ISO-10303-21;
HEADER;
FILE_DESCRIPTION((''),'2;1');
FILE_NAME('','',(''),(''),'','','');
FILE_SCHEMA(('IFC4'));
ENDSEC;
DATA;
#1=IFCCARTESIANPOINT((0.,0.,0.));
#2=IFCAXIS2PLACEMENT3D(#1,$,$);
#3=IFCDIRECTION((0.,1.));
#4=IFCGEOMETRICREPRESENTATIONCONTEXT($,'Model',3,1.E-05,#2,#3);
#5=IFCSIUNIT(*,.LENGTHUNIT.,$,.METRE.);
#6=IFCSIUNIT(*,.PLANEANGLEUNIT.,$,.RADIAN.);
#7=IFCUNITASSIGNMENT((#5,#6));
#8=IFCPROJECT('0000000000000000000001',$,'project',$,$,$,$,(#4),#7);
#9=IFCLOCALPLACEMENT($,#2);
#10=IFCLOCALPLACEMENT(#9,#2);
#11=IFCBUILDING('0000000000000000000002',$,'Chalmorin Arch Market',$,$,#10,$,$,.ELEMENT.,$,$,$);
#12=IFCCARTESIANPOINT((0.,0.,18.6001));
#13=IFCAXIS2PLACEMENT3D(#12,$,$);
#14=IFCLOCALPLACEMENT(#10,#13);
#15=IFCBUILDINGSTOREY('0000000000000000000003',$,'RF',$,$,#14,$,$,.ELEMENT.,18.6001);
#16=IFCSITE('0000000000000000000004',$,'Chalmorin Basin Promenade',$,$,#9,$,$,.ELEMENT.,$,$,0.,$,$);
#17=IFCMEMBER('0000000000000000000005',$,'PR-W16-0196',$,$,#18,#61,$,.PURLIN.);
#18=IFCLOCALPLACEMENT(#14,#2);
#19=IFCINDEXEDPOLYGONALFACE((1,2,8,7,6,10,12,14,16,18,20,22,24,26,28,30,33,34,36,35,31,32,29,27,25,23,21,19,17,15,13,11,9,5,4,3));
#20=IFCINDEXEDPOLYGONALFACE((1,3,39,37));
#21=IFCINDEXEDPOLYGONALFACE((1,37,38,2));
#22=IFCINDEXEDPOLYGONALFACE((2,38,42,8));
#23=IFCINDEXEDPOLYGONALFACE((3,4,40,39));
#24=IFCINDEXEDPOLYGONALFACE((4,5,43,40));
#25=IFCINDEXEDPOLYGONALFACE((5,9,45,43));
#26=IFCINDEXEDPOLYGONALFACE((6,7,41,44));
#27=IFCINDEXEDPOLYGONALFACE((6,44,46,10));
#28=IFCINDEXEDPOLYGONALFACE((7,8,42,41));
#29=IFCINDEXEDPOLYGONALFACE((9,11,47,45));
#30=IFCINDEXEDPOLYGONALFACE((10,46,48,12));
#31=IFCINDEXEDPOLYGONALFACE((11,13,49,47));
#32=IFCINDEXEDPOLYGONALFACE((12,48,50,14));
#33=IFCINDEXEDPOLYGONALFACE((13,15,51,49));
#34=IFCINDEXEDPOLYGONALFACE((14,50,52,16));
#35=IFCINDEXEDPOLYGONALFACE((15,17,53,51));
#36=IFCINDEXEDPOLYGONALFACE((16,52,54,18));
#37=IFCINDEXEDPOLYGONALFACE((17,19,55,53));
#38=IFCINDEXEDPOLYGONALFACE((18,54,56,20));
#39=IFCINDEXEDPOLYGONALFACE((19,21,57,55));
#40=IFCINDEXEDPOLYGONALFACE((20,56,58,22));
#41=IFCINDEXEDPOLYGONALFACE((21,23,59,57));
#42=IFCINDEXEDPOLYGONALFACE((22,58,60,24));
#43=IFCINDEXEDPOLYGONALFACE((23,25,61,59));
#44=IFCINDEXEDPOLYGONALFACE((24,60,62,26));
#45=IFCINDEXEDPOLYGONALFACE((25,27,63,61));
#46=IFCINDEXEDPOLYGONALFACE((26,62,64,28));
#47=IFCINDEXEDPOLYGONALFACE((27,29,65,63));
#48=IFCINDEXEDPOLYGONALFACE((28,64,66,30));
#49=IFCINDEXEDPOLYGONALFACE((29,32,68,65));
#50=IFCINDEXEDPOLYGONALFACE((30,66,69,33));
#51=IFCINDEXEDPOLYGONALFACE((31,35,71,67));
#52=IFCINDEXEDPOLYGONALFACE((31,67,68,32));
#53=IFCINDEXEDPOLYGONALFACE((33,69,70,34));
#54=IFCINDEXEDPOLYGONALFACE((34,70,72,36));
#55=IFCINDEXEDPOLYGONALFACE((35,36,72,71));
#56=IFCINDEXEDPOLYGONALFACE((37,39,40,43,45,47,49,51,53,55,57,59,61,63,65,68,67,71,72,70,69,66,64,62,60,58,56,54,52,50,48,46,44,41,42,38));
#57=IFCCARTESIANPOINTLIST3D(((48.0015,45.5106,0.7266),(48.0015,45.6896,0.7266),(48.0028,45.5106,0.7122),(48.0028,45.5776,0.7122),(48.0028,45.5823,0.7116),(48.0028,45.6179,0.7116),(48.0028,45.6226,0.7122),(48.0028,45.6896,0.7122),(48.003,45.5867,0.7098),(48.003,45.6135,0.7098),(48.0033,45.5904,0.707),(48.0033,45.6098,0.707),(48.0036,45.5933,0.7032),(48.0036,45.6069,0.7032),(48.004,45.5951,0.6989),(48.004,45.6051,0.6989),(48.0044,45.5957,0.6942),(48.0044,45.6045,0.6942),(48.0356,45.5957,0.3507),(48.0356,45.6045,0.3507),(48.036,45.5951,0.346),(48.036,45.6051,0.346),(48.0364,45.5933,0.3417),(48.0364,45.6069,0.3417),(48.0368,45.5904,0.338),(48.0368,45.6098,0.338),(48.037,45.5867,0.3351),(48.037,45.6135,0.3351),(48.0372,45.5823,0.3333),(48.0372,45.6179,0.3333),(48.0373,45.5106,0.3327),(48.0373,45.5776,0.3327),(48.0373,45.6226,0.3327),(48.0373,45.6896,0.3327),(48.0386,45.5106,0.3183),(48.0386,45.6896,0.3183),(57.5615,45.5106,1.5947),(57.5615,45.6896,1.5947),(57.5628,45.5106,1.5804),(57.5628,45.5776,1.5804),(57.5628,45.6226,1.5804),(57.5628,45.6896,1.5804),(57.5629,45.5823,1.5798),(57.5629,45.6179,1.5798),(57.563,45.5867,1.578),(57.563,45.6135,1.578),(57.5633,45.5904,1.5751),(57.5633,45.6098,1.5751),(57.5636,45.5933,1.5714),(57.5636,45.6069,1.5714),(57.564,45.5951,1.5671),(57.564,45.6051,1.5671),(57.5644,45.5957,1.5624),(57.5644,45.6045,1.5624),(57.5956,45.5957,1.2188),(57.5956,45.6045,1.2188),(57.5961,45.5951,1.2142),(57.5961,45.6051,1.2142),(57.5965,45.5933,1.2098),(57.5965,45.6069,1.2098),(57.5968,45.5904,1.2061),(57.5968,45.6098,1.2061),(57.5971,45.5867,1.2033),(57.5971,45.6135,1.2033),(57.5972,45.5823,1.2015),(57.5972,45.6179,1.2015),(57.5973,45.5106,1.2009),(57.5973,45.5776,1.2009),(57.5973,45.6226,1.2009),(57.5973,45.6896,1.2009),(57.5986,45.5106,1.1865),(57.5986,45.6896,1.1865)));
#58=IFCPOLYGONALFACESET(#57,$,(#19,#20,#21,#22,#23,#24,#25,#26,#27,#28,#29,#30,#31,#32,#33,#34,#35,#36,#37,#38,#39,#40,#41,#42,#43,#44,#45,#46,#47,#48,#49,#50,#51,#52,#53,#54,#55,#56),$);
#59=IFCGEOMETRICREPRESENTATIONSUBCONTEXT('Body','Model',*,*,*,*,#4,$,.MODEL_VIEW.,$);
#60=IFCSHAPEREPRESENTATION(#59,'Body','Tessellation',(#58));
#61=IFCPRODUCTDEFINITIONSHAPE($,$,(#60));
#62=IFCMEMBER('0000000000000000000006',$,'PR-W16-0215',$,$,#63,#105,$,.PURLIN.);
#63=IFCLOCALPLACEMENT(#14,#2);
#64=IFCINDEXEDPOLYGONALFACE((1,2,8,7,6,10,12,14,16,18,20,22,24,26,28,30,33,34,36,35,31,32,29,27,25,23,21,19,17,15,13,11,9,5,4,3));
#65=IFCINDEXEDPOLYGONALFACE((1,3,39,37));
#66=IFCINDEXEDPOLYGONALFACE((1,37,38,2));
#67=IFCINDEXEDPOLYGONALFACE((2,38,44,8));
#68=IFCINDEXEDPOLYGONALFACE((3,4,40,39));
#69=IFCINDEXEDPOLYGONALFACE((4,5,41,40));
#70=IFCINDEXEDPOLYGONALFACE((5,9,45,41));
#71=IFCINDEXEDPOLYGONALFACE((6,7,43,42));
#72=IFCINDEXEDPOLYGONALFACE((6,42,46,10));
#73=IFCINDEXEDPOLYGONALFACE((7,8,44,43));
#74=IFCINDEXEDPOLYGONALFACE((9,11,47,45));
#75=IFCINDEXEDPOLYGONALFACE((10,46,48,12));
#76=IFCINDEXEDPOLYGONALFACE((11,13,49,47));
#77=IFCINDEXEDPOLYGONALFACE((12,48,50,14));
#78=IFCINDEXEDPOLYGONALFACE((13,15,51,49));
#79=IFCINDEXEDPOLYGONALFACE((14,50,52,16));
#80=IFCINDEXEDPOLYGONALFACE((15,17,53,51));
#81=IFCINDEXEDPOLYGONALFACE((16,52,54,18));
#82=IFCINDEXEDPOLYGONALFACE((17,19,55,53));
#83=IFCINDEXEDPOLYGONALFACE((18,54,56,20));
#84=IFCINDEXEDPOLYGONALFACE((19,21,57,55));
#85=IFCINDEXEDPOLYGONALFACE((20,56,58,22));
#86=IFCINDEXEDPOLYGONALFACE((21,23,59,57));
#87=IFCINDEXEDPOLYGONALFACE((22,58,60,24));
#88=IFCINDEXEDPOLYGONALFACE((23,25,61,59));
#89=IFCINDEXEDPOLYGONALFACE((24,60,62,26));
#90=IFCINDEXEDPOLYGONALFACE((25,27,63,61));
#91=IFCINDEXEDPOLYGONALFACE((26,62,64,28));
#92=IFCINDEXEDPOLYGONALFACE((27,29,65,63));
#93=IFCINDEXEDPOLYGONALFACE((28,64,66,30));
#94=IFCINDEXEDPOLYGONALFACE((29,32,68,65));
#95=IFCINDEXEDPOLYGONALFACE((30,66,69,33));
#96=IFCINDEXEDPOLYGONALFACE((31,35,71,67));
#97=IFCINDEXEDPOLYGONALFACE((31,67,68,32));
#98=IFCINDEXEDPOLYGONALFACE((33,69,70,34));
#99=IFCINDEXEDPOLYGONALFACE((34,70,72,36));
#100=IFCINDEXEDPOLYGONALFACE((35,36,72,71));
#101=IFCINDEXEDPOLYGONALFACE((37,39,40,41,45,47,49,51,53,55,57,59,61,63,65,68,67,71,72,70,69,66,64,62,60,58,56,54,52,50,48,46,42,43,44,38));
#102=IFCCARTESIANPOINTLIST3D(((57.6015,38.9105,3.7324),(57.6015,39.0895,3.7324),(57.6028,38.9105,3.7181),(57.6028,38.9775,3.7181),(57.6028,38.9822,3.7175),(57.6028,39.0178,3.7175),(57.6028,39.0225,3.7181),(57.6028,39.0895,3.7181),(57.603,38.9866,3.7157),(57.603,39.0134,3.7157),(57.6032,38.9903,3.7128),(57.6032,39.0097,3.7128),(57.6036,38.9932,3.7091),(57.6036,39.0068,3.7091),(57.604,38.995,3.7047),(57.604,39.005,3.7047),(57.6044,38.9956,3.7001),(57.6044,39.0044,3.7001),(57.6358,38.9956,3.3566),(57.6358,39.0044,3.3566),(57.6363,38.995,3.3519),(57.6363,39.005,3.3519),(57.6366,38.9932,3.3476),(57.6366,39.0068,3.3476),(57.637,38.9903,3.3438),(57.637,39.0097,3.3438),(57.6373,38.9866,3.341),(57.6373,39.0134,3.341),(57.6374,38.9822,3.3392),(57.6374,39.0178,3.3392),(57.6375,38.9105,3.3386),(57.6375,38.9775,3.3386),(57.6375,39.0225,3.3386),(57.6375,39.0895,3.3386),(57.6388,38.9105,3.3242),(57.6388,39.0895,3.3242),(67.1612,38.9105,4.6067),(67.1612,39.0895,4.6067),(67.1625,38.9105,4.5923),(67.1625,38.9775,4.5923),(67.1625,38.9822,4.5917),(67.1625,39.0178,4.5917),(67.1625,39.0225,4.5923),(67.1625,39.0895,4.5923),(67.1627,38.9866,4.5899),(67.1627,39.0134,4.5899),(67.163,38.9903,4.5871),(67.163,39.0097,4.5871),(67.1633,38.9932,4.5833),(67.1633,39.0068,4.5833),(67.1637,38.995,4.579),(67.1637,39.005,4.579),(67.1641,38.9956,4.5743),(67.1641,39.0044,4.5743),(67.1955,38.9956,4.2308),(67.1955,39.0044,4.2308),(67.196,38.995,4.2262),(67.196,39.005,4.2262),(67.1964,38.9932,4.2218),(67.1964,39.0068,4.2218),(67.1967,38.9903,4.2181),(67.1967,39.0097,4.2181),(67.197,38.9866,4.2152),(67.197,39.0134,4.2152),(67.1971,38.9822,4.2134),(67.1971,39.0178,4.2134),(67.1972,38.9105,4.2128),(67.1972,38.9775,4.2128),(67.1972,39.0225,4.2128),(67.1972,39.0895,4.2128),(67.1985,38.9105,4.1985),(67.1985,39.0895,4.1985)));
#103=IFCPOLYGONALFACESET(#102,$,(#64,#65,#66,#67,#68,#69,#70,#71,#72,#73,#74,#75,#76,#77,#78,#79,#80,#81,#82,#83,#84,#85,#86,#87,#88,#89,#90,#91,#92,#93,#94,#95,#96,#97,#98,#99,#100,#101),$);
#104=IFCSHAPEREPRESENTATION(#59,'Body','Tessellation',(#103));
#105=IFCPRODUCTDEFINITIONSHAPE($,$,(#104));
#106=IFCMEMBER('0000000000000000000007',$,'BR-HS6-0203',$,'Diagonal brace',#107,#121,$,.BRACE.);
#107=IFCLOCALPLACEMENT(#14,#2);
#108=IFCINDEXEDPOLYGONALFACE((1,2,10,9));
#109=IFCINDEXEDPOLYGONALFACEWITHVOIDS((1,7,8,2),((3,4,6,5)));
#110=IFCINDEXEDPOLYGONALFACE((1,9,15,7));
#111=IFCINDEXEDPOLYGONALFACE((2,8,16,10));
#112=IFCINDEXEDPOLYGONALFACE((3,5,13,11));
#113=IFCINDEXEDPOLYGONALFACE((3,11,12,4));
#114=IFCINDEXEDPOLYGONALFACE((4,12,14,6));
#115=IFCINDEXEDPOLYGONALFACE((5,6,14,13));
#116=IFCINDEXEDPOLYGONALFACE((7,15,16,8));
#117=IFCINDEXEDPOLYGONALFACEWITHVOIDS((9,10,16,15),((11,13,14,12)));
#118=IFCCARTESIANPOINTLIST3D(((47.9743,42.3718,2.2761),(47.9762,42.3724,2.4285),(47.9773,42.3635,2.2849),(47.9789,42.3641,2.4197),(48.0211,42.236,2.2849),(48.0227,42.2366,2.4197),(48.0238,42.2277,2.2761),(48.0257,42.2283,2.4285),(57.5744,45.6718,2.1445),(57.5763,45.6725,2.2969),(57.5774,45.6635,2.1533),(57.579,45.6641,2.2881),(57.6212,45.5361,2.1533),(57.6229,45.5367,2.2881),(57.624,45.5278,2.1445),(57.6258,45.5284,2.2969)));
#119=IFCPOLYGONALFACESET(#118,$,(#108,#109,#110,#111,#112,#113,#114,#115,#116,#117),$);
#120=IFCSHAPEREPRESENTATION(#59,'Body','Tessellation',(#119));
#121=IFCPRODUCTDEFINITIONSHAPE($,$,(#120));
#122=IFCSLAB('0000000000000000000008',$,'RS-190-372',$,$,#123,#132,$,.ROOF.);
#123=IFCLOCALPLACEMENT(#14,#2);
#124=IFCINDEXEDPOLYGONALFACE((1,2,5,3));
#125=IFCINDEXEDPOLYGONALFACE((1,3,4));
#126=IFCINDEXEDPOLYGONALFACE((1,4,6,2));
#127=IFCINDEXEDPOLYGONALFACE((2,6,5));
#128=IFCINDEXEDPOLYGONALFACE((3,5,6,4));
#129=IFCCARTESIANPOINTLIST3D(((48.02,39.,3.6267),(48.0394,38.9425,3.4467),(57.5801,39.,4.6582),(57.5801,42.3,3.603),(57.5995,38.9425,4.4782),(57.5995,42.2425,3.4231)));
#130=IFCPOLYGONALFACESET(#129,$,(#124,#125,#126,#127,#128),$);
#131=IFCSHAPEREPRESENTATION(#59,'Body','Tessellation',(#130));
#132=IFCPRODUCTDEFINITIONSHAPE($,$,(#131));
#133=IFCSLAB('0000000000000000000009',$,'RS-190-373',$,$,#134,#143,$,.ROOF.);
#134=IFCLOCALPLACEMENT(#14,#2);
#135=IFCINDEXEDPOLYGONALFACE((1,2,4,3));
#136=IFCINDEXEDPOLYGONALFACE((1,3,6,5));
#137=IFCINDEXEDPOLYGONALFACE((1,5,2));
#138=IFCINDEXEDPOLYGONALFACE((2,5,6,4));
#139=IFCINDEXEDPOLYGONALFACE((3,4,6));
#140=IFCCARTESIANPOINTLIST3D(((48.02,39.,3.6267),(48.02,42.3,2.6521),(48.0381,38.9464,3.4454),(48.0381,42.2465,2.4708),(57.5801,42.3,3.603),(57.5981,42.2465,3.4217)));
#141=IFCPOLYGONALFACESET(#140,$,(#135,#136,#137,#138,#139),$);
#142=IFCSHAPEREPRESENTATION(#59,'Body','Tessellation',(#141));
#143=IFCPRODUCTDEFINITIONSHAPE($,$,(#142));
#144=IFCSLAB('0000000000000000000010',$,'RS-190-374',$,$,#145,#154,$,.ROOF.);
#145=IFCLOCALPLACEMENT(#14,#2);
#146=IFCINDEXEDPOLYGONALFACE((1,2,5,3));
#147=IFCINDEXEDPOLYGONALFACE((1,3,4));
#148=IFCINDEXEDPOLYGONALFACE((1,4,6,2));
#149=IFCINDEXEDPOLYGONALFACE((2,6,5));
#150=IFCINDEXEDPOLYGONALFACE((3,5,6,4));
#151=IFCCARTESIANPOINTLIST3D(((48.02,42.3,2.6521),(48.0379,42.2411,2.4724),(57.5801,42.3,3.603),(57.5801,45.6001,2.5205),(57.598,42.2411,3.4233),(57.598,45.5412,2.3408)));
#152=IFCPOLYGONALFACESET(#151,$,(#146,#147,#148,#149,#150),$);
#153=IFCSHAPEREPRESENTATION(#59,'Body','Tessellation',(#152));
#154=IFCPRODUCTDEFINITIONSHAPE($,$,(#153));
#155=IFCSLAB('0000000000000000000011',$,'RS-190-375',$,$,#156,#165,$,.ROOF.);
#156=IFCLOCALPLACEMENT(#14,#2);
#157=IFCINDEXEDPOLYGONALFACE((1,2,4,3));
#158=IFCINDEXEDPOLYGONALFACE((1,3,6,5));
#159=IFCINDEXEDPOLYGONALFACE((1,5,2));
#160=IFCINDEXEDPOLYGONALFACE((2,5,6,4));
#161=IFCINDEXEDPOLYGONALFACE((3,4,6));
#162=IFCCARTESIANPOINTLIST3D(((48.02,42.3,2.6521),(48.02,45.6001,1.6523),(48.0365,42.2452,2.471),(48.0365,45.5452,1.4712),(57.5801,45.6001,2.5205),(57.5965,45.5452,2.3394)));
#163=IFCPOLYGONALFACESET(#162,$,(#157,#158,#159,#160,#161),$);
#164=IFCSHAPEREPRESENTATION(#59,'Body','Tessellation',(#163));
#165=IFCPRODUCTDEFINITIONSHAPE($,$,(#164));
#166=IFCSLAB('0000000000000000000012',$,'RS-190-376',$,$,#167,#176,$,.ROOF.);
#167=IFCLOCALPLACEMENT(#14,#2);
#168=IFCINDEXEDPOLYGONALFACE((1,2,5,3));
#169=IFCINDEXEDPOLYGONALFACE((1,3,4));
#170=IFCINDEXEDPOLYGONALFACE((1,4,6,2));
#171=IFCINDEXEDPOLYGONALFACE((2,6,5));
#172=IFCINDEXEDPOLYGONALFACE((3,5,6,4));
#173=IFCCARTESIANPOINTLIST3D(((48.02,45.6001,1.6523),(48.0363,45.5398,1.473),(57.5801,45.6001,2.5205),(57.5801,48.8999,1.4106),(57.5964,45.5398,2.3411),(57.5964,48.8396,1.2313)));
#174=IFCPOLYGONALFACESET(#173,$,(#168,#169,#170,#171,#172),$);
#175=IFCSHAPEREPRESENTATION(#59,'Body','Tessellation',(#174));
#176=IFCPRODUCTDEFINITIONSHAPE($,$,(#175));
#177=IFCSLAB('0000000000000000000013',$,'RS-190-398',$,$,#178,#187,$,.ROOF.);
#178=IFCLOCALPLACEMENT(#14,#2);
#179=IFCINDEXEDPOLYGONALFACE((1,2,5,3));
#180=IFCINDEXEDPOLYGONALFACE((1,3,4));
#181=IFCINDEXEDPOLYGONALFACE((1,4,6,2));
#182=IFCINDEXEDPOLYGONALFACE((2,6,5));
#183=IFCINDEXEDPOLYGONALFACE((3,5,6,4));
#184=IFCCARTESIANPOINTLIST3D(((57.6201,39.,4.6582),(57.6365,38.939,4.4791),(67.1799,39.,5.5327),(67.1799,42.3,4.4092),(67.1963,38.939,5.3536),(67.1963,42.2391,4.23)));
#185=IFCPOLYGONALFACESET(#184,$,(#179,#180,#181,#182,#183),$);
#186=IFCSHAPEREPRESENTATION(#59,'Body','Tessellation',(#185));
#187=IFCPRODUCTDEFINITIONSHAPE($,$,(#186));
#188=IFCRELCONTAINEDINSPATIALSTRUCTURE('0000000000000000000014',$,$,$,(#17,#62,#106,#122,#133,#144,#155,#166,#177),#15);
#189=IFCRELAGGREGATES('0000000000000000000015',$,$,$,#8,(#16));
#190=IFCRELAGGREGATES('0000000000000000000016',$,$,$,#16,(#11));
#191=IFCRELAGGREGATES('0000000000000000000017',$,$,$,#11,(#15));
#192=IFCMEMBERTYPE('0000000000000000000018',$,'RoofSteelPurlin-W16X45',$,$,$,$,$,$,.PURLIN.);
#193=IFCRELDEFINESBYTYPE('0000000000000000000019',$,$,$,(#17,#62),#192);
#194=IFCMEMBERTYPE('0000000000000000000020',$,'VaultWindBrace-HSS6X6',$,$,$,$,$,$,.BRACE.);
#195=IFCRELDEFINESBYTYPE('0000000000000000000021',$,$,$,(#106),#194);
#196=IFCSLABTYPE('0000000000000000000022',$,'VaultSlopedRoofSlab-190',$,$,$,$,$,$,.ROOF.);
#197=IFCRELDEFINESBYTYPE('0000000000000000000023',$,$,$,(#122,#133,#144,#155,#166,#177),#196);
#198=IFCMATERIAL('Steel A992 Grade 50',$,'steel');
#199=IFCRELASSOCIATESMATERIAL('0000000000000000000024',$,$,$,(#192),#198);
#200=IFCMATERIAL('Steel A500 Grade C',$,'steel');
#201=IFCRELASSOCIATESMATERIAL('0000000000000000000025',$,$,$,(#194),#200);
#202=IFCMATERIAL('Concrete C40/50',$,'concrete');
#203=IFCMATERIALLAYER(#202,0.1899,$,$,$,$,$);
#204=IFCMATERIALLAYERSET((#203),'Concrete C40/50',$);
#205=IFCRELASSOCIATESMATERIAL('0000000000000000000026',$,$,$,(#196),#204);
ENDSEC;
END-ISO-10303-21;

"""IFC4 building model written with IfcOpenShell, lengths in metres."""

from ifc_helpers import new_model, si_unit, direction, frame, origin, origin_2d, place, context, subcontext, project, spatial, polyline, hollow_rectangle, i_section, outline, extrude, material, layer, layer_set, material_profile, profile_set, type_object, element, save


model = new_model("IFC4")

# Units and contexts
model_context = context("Model", 3, precision=1e-05, world=origin(), true_north=direction((0.0, 1.0)))
body_context = subcontext(model_context, "Body", "Model", "MODEL_VIEW")
ifc_project = project(units=[si_unit("LENGTHUNIT", "METRE"), si_unit("PLANEANGLEUNIT", "RADIAN")], contexts=[model_context])

# Site, building, storey
site_placement = place(None, origin())
site = spatial("IfcSite", under=ifc_project, at=site_placement, Name="Chalmorin Basin Promenade", CompositionType="ELEMENT", RefElevation=0.0)
building_placement = place(site_placement, origin())
building = spatial("IfcBuilding", under=site, at=building_placement, Name="Chalmorin Arch Market", CompositionType="ELEMENT")
storey_placement = place(building_placement, frame((0.0, 0.0, 18.6001)))
storey = spatial("IfcBuildingStorey", under=building, at=storey_placement, Name="RF", CompositionType="ELEMENT", Elevation=18.6001)

# Members
ifc_material_1 = material(Name="Steel A992 Grade 50", Category="steel")
ifc_material_profile_1 = material_profile(ifc_material_1, i_section(OverallWidth=0.179, OverallDepth=0.4099, WebThickness=0.0088, FlangeThickness=0.0144, FilletRadius=0.0181, at=origin_2d()), Name="W16X45")
ifc_profile_set_1 = profile_set([ifc_material_profile_1], Name="Steel A992 Grade 50")
member_type_1 = type_object("IfcMemberType", Name="RoofSteelPurlin-W16X45", PredefinedType="PURLIN", material=ifc_profile_set_1)
member_1_placement = place(storey_placement, frame((48.02, 45.6001, 0.5225), z_axis=(0.995902, 0.0, 0.090439), x_axis=(0.0, 1.0, 0.0)))
element("IfcMember", 1, at=member_1_placement, inside=storey, type_object=member_type_1, Name="PR-W16-0196", PredefinedType="PURLIN", context=body_context, shape_type="SweptSolid", body=[
    extrude(i_section(OverallWidth=0.179, OverallDepth=0.4099, WebThickness=0.0088, FlangeThickness=0.0144, FilletRadius=0.0181, at=origin_2d()), origin(), (0.0, 0.0, 1.0), 9.5994),
])
member_2_placement = place(storey_placement, frame((57.6201, 39.0, 3.5283), z_axis=(0.995844, 0.0, 0.091072), x_axis=(0.0, 1.0, 0.0)))
element("IfcMember", 2, at=member_2_placement, inside=storey, type_object=member_type_1, Name="PR-W16-0215", PredefinedType="PURLIN", context=body_context, shape_type="SweptSolid", body=[
    extrude(i_section(OverallWidth=0.179, OverallDepth=0.4099, WebThickness=0.0088, FlangeThickness=0.0144, FilletRadius=0.0181, at=origin_2d()), origin(), (0.0, 0.0, 1.0), 9.5996),
])
ifc_material_2 = material(Name="Steel A500 Grade C", Category="steel")
ifc_material_profile_2 = material_profile(ifc_material_2, hollow_rectangle(XDim=0.1523, YDim=0.1523, WallThickness=0.0088, at=origin_2d()), Name="HSS6X6X3/8")
ifc_profile_set_2 = profile_set([ifc_material_profile_2], Name="Steel A500 Grade C")
member_type_2 = type_object("IfcMemberType", Name="VaultWindBrace-HSS6X6", PredefinedType="BRACE", material=ifc_profile_set_2)
member_3_placement = place(storey_placement, frame((48.0, 42.3, 2.3523), z_axis=(0.945607, 0.325054, -0.012962), x_axis=(-0.325081, 0.945686, 0.0)))
element("IfcMember", 3, at=member_3_placement, inside=storey, type_object=member_type_2, Name="BR-HS6-0203", ObjectType="Diagonal brace", PredefinedType="BRACE", context=body_context, shape_type="SweptSolid", body=[
    extrude(hollow_rectangle(XDim=0.1523, YDim=0.1523, WallThickness=0.0088, at=origin_2d()), origin(), (0.0, 0.0, 1.0), 10.1523),
])

# Slabs
ifc_material_3 = material(Name="Concrete C40/50", Category="concrete")
ifc_layer = layer(ifc_material_3, 0.1899)
ifc_layer_set = layer_set([ifc_layer], Name="Concrete C40/50")
slab_type = type_object("IfcSlabType", Name="VaultSlopedRoofSlab-190", PredefinedType="ROOF", material=ifc_layer_set)
slab_1_placement = place(storey_placement, frame((48.02, 39.0, 3.6267), z_axis=(-0.102232, 0.30296, 0.947504), x_axis=(0.99423, 0.0, 0.107274)))
element("IfcSlab", 4, at=slab_1_placement, inside=storey, type_object=slab_type, Name="RS-190-372", PredefinedType="ROOF", context=body_context, shape_type="SweptSolid", body=[
    extrude(outline(polyline([(0.0, 0.0), (9.6155, 0.0), (9.5024, 3.4628), (0.0, 0.0)])), origin(), (0.0, 0.0, -1.0), 0.1899),
])
slab_2_placement = place(storey_placement, frame((48.02, 39.0, 3.6267), z_axis=(-0.094964, 0.281958, 0.954715), x_axis=(0.945264, 0.326297, -0.002342)))
element("IfcSlab", 5, at=slab_2_placement, inside=storey, type_object=slab_type, Name="RS-190-373", PredefinedType="ROOF", context=body_context, shape_type="SweptSolid", body=[
    extrude(outline(polyline([(0.0, 0.0), (10.1136, 0.0), (1.0791, 3.2674), (0.0, 0.0)])), origin(), (0.0, 0.0, -1.0), 0.1899),
])
slab_3_placement = place(storey_placement, frame((48.02, 42.3, 2.6521), z_axis=(-0.094094, 0.310307, 0.945968), x_axis=(0.995089, 0.0, 0.09898)))
element("IfcSlab", 6, at=slab_3_placement, inside=storey, type_object=slab_type, Name="RS-190-374", PredefinedType="ROOF", context=body_context, shape_type="SweptSolid", body=[
    extrude(outline(polyline([(0.0, 0.0), (9.6072, 0.0), (9.5001, 3.4714), (0.0, 0.0)])), origin(), (0.0, 0.0, -1.0), 0.1899),
])
slab_4_placement = place(storey_placement, frame((48.02, 42.3, 2.6521), z_axis=(-0.086584, 0.28885, 0.953451), x_axis=(0.945187, 0.32627, -0.01301)))
element("IfcSlab", 7, at=slab_4_placement, inside=storey, type_object=slab_type, Name="RS-190-375", PredefinedType="ROOF", context=body_context, shape_type="SweptSolid", body=[
    extrude(outline(polyline([(0.0, 0.0), (10.1145, 0.0), (1.0897, 3.2714), (0.0, 0.0)])), origin(), (0.0, 0.0, -1.0), 0.1899),
])
slab_5_placement = place(storey_placement, frame((48.02, 45.6001, 1.6523), z_axis=(-0.085756, 0.317619, 0.944333), x_axis=(0.995902, 0.0, 0.090439)))
element("IfcSlab", 8, at=slab_5_placement, inside=storey, type_object=slab_type, Name="RS-190-376", PredefinedType="ROOF", context=body_context, shape_type="SweptSolid", body=[
    extrude(outline(polyline([(0.0, 0.0), (9.5994, 0.0), (9.499, 3.48), (0.0, 0.0)])), origin(), (0.0, 0.0, -1.0), 0.1899),
])
slab_6_placement = place(storey_placement, frame((57.6201, 39.0, 4.6582), z_axis=(-0.086274, 0.321091, 0.94311), x_axis=(0.995842, 0.0, 0.091098)))
element("IfcSlab", 9, at=slab_6_placement, inside=storey, type_object=slab_type, Name="RS-190-398", PredefinedType="ROOF", context=body_context, shape_type="SweptSolid", body=[
    extrude(outline(polyline([(0.0, 0.0), (9.5997, 0.0), (9.4974, 3.4846), (0.0, 0.0)])), origin(), (0.0, 0.0, -1.0), 0.1899),
])

save(model, "model.ifc")
